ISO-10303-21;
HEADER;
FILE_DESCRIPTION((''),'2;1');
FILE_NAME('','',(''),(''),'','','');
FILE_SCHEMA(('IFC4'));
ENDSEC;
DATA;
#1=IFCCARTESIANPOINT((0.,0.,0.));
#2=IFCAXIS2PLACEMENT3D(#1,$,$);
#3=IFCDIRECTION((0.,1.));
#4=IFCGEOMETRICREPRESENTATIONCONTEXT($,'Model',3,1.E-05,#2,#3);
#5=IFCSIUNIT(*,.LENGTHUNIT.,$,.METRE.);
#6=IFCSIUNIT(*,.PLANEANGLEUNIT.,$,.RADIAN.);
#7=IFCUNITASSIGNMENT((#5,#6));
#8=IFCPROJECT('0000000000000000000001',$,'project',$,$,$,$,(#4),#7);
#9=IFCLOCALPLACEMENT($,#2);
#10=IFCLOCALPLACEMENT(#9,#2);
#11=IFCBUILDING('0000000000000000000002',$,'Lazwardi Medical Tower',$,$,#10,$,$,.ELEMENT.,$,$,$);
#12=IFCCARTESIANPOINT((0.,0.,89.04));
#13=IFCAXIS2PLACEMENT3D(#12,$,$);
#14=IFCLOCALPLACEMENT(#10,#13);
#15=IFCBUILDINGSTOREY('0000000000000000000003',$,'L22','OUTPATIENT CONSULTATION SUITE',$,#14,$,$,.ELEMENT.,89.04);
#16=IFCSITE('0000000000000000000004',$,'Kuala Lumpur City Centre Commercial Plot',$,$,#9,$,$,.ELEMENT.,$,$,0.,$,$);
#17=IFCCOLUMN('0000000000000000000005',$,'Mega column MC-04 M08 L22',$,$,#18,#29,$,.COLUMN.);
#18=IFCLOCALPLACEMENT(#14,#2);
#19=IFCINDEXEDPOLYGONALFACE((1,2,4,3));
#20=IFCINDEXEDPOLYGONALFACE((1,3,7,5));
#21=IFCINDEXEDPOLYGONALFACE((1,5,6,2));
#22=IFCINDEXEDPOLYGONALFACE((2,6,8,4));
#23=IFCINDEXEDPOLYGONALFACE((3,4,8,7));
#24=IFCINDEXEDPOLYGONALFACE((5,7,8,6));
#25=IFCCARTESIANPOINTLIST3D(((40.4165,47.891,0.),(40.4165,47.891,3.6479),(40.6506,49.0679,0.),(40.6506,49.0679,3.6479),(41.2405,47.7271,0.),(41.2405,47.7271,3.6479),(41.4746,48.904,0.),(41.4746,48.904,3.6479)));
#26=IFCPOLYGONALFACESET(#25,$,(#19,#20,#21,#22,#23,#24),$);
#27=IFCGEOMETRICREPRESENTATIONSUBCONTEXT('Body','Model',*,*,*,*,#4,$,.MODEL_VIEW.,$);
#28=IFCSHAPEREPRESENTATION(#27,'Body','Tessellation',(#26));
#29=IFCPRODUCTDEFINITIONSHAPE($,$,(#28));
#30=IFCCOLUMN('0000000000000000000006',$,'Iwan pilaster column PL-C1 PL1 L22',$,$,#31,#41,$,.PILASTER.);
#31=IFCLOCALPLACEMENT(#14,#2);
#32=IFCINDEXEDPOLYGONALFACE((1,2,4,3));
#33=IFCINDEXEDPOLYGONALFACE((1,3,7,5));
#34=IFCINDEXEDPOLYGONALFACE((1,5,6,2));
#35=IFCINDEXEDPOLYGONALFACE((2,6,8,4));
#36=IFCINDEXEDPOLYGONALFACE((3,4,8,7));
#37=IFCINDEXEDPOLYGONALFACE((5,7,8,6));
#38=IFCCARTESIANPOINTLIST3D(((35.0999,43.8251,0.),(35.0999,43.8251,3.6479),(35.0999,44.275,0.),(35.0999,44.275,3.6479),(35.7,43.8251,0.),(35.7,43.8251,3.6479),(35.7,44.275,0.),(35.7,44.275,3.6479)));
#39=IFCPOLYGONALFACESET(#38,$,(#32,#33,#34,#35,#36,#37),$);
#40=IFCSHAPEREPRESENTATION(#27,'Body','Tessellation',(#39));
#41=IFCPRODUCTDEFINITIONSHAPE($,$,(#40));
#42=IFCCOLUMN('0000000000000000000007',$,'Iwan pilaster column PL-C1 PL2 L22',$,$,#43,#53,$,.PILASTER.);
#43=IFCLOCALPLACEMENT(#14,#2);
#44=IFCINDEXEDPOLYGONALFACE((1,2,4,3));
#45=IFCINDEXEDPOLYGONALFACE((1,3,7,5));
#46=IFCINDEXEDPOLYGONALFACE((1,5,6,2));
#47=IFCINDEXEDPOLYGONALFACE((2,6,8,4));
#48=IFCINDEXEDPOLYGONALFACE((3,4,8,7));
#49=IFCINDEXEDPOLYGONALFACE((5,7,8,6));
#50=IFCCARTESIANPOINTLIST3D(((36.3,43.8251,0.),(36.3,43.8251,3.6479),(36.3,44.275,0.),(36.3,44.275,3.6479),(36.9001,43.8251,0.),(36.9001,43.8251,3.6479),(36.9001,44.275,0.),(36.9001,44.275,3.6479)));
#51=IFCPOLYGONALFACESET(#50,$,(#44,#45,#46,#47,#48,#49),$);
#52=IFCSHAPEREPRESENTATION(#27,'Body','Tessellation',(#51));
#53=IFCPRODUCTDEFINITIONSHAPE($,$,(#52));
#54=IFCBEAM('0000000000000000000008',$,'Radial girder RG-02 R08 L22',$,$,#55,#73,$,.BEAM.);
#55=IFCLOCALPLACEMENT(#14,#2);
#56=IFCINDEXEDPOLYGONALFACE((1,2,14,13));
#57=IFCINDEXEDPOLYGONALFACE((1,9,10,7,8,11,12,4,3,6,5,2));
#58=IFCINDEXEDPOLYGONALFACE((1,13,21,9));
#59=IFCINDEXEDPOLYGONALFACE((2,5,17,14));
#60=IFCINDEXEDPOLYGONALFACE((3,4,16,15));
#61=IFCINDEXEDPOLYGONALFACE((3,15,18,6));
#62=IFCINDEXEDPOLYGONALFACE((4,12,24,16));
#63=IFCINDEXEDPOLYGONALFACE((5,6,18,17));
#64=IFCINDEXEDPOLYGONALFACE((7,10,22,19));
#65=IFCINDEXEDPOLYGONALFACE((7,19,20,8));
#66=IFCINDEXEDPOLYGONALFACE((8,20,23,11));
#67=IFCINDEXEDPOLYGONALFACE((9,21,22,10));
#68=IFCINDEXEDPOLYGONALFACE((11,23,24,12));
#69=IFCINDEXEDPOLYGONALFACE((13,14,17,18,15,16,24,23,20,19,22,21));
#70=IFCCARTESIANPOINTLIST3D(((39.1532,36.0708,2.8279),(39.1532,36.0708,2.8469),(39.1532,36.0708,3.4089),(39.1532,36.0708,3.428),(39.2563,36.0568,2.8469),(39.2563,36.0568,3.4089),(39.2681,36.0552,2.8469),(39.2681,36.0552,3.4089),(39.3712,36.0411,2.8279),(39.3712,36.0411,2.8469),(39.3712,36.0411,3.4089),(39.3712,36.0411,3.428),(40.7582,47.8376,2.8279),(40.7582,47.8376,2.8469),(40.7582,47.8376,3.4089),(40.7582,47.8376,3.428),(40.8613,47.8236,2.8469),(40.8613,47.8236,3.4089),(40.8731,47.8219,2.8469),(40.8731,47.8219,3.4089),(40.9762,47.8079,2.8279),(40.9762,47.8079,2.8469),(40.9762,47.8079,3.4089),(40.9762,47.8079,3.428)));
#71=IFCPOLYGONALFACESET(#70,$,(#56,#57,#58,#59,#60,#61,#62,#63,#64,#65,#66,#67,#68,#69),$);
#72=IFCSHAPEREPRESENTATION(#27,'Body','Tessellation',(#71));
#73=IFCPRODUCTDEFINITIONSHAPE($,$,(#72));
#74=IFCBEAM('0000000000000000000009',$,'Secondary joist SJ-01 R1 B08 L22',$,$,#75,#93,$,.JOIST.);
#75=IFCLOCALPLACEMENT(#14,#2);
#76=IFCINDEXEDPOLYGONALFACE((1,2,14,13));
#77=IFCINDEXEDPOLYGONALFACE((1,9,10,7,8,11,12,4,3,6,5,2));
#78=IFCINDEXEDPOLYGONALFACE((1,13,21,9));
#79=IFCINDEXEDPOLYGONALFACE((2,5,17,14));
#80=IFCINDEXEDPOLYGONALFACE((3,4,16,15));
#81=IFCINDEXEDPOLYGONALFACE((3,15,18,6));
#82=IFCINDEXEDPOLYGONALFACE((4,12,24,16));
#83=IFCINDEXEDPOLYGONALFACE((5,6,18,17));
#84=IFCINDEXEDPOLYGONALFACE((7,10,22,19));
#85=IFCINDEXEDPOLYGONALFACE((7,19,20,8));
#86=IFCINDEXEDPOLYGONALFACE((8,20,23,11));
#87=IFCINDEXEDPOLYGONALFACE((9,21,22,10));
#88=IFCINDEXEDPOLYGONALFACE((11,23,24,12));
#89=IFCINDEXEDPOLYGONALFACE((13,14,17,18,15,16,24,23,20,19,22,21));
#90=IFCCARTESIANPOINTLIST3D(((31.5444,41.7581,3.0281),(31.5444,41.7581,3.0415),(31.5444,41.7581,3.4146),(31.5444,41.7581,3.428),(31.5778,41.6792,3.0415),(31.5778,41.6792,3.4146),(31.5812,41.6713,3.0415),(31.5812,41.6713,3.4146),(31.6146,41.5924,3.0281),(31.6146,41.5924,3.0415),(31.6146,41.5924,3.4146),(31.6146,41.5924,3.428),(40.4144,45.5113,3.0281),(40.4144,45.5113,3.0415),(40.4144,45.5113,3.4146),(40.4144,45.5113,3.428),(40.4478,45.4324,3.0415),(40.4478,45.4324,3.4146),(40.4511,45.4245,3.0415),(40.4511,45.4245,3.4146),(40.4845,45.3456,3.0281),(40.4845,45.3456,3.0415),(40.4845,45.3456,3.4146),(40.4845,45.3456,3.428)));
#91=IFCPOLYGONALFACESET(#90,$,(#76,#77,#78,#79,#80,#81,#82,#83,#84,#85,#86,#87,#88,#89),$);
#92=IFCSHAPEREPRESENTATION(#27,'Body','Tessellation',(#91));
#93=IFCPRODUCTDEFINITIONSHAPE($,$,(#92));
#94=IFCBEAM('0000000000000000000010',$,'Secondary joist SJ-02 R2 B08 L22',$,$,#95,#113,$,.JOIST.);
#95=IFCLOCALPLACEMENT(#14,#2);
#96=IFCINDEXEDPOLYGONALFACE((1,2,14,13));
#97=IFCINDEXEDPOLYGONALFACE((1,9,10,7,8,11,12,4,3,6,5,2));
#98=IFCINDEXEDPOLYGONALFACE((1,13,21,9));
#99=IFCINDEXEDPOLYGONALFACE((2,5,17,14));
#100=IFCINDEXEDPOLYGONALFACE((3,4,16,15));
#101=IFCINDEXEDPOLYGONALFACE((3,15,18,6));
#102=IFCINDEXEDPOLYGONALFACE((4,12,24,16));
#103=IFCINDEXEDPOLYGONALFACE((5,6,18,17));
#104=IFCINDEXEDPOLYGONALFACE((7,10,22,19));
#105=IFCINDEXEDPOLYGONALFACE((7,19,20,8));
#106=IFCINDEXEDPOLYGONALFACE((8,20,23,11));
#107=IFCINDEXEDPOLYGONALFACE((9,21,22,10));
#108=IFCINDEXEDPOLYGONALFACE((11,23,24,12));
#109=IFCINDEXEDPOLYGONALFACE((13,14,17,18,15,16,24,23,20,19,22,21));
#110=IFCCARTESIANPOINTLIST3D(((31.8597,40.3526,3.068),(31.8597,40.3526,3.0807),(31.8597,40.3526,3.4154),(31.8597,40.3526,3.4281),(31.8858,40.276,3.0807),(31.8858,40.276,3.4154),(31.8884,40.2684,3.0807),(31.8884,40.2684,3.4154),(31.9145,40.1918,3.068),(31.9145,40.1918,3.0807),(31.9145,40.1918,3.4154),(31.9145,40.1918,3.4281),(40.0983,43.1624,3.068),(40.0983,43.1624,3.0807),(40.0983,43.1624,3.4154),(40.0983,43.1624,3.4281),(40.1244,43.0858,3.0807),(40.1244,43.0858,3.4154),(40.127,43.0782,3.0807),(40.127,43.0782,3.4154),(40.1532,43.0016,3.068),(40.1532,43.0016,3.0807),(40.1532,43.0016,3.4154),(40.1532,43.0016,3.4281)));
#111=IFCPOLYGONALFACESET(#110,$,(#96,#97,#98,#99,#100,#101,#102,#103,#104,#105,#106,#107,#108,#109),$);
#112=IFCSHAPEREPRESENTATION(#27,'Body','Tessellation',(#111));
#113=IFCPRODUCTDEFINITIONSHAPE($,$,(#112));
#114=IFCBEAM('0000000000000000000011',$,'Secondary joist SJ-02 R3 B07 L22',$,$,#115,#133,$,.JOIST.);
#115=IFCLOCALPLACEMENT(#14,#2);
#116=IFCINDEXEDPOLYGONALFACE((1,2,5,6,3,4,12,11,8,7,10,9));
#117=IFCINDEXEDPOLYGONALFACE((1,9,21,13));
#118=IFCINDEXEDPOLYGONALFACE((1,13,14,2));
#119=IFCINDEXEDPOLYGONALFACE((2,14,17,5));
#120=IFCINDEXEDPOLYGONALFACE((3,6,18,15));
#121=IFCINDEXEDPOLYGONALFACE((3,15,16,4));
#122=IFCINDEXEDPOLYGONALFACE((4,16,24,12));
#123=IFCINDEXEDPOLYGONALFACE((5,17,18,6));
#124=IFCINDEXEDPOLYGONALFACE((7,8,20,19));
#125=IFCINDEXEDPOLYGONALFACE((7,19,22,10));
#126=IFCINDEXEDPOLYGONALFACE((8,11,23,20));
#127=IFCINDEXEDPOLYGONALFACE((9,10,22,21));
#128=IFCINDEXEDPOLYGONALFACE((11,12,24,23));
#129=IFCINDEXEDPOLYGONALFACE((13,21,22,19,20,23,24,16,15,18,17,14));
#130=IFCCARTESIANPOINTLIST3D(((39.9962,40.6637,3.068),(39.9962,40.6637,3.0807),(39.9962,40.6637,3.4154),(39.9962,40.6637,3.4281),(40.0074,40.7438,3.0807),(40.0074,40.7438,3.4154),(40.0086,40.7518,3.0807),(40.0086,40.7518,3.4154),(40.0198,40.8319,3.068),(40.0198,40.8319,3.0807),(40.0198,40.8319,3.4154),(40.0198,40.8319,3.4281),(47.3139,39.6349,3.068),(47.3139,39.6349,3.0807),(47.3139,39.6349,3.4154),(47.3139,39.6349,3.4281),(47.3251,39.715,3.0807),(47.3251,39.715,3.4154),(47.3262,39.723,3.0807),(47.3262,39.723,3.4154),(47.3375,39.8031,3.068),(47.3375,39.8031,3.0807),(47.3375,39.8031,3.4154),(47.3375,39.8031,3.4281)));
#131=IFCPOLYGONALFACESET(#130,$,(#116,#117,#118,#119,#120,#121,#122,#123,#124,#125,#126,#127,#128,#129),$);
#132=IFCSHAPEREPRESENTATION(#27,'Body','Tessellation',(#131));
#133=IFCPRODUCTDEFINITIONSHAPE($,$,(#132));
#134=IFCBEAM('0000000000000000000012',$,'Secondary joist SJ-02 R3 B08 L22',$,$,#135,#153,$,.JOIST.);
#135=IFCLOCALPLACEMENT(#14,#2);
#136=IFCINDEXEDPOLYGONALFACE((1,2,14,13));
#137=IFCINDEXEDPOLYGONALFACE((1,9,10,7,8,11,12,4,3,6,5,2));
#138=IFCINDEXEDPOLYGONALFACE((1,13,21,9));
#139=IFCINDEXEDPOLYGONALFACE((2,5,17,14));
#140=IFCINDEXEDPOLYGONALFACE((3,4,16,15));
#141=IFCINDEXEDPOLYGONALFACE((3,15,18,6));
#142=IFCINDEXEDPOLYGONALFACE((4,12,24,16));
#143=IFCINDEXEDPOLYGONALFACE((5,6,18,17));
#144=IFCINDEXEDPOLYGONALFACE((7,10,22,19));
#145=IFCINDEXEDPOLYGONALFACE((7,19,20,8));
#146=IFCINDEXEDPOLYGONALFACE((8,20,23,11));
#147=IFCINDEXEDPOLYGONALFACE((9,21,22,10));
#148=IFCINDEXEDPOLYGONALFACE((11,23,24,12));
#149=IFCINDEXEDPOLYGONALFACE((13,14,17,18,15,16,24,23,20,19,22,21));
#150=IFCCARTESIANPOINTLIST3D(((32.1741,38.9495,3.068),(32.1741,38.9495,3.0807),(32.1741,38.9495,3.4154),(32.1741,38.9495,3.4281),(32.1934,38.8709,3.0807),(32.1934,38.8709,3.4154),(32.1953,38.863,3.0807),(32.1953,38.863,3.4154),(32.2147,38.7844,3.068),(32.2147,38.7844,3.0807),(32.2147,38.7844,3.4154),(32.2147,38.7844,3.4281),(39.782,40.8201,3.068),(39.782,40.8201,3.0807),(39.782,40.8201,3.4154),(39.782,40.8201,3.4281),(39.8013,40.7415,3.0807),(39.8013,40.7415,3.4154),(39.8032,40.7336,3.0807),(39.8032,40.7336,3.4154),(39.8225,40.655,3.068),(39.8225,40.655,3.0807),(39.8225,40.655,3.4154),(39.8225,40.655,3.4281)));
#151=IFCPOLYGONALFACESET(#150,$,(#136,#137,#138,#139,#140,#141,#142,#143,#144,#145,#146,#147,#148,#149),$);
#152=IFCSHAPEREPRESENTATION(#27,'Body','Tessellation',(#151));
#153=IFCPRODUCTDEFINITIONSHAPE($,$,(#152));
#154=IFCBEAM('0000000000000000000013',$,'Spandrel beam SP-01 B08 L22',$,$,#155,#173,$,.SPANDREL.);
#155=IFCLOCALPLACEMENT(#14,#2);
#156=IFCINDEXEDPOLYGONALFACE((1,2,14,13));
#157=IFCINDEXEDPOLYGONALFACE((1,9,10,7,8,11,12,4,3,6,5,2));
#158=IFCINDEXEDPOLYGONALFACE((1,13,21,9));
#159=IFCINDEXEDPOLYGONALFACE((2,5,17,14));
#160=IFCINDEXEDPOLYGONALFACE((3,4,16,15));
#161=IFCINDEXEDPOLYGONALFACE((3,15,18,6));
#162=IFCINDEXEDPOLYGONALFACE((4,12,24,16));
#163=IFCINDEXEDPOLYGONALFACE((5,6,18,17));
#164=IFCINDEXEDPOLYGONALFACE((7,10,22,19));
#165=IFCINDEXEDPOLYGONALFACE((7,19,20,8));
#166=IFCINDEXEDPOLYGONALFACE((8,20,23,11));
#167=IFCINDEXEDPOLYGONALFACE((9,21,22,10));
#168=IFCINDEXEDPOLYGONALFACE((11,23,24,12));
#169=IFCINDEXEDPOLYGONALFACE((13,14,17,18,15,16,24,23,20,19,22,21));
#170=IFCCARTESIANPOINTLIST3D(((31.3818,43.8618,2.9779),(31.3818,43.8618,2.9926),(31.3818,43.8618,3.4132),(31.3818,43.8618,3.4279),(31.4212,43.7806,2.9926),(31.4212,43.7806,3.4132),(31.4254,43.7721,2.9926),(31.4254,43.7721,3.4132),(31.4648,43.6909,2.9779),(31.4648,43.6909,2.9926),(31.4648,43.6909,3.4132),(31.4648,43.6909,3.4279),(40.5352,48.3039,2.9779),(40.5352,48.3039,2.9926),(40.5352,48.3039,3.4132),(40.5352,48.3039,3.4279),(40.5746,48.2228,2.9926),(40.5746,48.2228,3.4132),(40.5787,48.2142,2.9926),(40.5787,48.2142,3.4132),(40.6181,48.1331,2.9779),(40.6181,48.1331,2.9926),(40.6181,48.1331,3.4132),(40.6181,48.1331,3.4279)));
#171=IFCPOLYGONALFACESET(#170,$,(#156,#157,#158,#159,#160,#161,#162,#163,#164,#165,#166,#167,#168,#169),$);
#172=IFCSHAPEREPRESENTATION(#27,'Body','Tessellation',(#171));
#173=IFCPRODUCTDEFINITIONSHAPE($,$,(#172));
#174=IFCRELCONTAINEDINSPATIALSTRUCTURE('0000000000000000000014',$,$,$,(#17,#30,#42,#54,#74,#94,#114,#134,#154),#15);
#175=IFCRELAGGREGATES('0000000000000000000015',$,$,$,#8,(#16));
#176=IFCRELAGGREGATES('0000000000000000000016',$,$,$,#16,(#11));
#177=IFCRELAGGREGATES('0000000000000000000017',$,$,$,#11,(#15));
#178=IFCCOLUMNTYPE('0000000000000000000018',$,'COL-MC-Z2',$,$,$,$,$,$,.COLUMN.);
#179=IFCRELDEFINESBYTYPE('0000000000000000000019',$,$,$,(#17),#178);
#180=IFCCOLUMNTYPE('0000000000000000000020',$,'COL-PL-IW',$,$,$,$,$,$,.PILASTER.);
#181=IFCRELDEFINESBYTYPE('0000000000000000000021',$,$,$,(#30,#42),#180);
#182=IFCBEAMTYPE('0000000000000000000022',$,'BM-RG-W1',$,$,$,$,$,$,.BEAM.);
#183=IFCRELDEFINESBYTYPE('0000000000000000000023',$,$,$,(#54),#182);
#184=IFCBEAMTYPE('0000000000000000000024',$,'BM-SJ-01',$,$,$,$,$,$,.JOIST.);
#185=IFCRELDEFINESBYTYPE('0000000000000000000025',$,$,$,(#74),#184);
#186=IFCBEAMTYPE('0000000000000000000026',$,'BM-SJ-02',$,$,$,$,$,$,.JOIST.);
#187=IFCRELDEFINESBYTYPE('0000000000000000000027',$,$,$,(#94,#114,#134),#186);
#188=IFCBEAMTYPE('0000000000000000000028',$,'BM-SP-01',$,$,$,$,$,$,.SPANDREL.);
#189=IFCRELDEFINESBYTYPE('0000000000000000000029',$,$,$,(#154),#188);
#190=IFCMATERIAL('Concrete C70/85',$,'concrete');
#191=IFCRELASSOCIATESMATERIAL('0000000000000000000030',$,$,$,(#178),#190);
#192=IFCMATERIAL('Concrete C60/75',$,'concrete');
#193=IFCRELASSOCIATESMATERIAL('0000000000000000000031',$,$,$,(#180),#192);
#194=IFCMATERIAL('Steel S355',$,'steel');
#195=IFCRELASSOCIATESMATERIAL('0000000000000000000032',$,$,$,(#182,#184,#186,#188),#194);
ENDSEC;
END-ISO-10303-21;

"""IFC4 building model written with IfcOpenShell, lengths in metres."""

from ifc_helpers import new_model, si_unit, direction, frame, origin, origin_2d, place, context, subcontext, project, spatial, rectangle, i_section, extrude, material, material_profile, profile_set, type_object, element, save


model = new_model("IFC4")

# Units and contexts
model_context = context("Model", 3, precision=1e-05, world=origin(), true_north=direction((0.0, 1.0)))
body_context = subcontext(model_context, "Body", "Model", "MODEL_VIEW")
ifc_project = project(units=[si_unit("LENGTHUNIT", "METRE"), si_unit("PLANEANGLEUNIT", "RADIAN")], contexts=[model_context])

# Site, building, storey
site_placement = place(None, origin())
site = spatial("IfcSite", under=ifc_project, at=site_placement, Name="Kuala Lumpur City Centre Commercial Plot", CompositionType="ELEMENT", RefElevation=0.0)
building_placement = place(site_placement, origin())
building = spatial("IfcBuilding", under=site, at=building_placement, Name="Lazwardi Medical Tower", CompositionType="ELEMENT")
storey_placement = place(building_placement, frame((0.0, 0.0, 89.04)))
storey = spatial("IfcBuildingStorey", under=building, at=storey_placement, Name="L22", Description="OUTPATIENT CONSULTATION SUITE", CompositionType="ELEMENT", Elevation=89.04)

# Columns
ifc_material_1 = material(Name="Concrete C70/85", Category="concrete")
ifc_material_profile_1 = material_profile(ifc_material_1, rectangle(XDim=1.2, YDim=0.8401, at=origin_2d()), Name="CFT-RECT 1200x840")
ifc_profile_set_1 = profile_set([ifc_material_profile_1], Name="Concrete C70/85")
column_type_1 = type_object("IfcColumnType", Name="COL-MC-Z2", PredefinedType="COLUMN", material=ifc_profile_set_1)
column_placement = place(storey_placement, frame((40.9456, 48.3975, 0.0), z_axis=(0.0, 0.0, 1.0), x_axis=(0.19509, 0.980785, 0.0)))
element("IfcColumn", 1, at=column_placement, inside=storey, type_object=column_type_1, Name="Mega column MC-04 M08 L22", PredefinedType="COLUMN", context=body_context, shape_type="SweptSolid", body=[
    extrude(rectangle(XDim=1.2, YDim=0.8401, at=origin_2d()), origin(), (0.0, 0.0, 1.0), 3.6479),
])
ifc_material_2 = material(Name="Concrete C60/75", Category="concrete")
ifc_material_profile_2 = material_profile(ifc_material_2, rectangle(XDim=0.6001, YDim=0.45, at=origin_2d()), Name="RC 600x450")
ifc_profile_set_2 = profile_set([ifc_material_profile_2], Name="Concrete C60/75")
column_type_2 = type_object("IfcColumnType", Name="COL-PL-IW", PredefinedType="PILASTER", material=ifc_profile_set_2)
for number, where, z_axis, x_axis, name in (
    (2, (35.3999, 44.05, 0.0), (0.0, 0.0, 1.0), (1.0, 0.0, 0.0), "Iwan pilaster column PL-C1 PL1 L22"),
    (3, (36.6001, 44.05, 0.0), (0.0, 0.0, 1.0), (1.0, 0.0, 0.0), "Iwan pilaster column PL-C1 PL2 L22"),
):
    element("IfcColumn", number, at=place(storey_placement, frame(where, z_axis=z_axis, x_axis=x_axis)), inside=storey, type_object=column_type_2, Name=name, PredefinedType="PILASTER", context=body_context, shape_type="SweptSolid", body=[
        extrude(rectangle(XDim=0.6001, YDim=0.45, at=origin_2d()), origin(), (0.0, 0.0, 1.0), 3.6479),
    ])

# Beams
ifc_material_3 = material(Name="Steel S355", Category="steel")
ifc_material_profile_3 = material_profile(ifc_material_3, i_section(OverallWidth=0.22, OverallDepth=0.6001, WebThickness=0.012, FlangeThickness=0.019, at=origin_2d()), Name="IPE 600")
ifc_profile_set_3 = profile_set([ifc_material_profile_3], Name="Steel S355")
beam_type_1 = type_object("IfcBeamType", Name="BM-RG-W1", PredefinedType="BEAM", material=ifc_profile_set_3)
beam_1_placement = place(storey_placement, frame((40.8672, 47.8228, 3.1279), z_axis=(-0.135147, -0.990826, 0.0), x_axis=(0.990826, -0.135147, 0.0)))
element("IfcBeam", 4, at=beam_1_placement, inside=storey, type_object=beam_type_1, Name="Radial girder RG-02 R08 L22", PredefinedType="BEAM", context=body_context, shape_type="SweptSolid", body=[
    extrude(i_section(OverallWidth=0.22, OverallDepth=0.6001, WebThickness=0.012, FlangeThickness=0.019, at=origin_2d()), origin(), (0.0, 0.0, 1.0), 11.8757),
])
ifc_material_profile_4 = material_profile(ifc_material_3, i_section(OverallWidth=0.1799, OverallDepth=0.3999, WebThickness=0.0085, FlangeThickness=0.0134, at=origin_2d()), Name="IPE 400")
ifc_profile_set_4 = profile_set([ifc_material_profile_4], Name="Steel S355")
beam_type_2 = type_object("IfcBeamType", Name="BM-SJ-01", PredefinedType="JOIST", material=ifc_profile_set_4)
beam_2_placement = place(storey_placement, frame((40.4495, 45.4285, 3.228), z_axis=(-0.920947, -0.389687, 0.0), x_axis=(0.389687, -0.920947, 0.0)))
element("IfcBeam", 5, at=beam_2_placement, inside=storey, type_object=beam_type_2, Name="Secondary joist SJ-01 R1 B08 L22", PredefinedType="JOIST", context=body_context, shape_type="SweptSolid", body=[
    extrude(i_section(OverallWidth=0.1799, OverallDepth=0.3999, WebThickness=0.0085, FlangeThickness=0.0134, at=origin_2d()), origin(), (0.0, 0.0, 1.0), 9.6313),
])
ifc_material_profile_5 = material_profile(ifc_material_3, i_section(OverallWidth=0.1699, OverallDepth=0.3601, WebThickness=0.0081, FlangeThickness=0.0127, at=origin_2d()), Name="IPE 360")
ifc_profile_set_5 = profile_set([ifc_material_profile_5], Name="Steel S355")
beam_type_3 = type_object("IfcBeamType", Name="BM-SJ-02", PredefinedType="JOIST", material=ifc_profile_set_5)
beam_3_placement = place(storey_placement, frame((40.1257, 43.082, 3.248), z_axis=(-0.946467, -0.3228, 0.0), x_axis=(0.3228, -0.946467, 0.0)))
element("IfcBeam", 6, at=beam_3_placement, inside=storey, type_object=beam_type_3, Name="Secondary joist SJ-02 R2 B08 L22", PredefinedType="JOIST", context=body_context, shape_type="SweptSolid", body=[
    extrude(i_section(OverallWidth=0.1699, OverallDepth=0.3601, WebThickness=0.0081, FlangeThickness=0.0127, at=origin_2d()), origin(), (0.0, 0.0, 1.0), 8.7046),
])
beam_4_placement = place(storey_placement, frame((47.3257, 39.719, 3.248), z_axis=(-0.990261, 0.139224, 0.0), x_axis=(-0.139224, -0.990261, 0.0)))
element("IfcBeam", 7, at=beam_4_placement, inside=storey, type_object=beam_type_3, Name="Secondary joist SJ-02 R3 B07 L22", PredefinedType="JOIST", context=body_context, shape_type="SweptSolid", body=[
    extrude(i_section(OverallWidth=0.1699, OverallDepth=0.3601, WebThickness=0.0081, FlangeThickness=0.0127, at=origin_2d()), origin(), (0.0, 0.0, 1.0), 7.3896),
])
beam_5_placement = place(storey_placement, frame((39.8022, 40.7375, 3.248), z_axis=(-0.971077, -0.238765, 0.0), x_axis=(0.238765, -0.971077, 0.0)))
element("IfcBeam", 8, at=beam_5_placement, inside=storey, type_object=beam_type_3, Name="Secondary joist SJ-02 R3 B08 L22", PredefinedType="JOIST", context=body_context, shape_type="SweptSolid", body=[
    extrude(i_section(OverallWidth=0.1699, OverallDepth=0.3601, WebThickness=0.0081, FlangeThickness=0.0127, at=origin_2d()), origin(), (0.0, 0.0, 1.0), 7.8345),
])
ifc_material_profile_6 = material_profile(ifc_material_3, i_section(OverallWidth=0.1899, OverallDepth=0.45, WebThickness=0.0095, FlangeThickness=0.0146, at=origin_2d()), Name="IPE 450")
ifc_profile_set_6 = profile_set([ifc_material_profile_6], Name="Steel S355")
beam_type_4 = type_object("IfcBeamType", Name="BM-SP-01", PredefinedType="SPANDREL", material=ifc_profile_set_6)
beam_6_placement = place(storey_placement, frame((40.5767, 48.2185, 3.2029), z_axis=(-0.899653, -0.436605, 0.0), x_axis=(0.436605, -0.899653, 0.0)))
element("IfcBeam", 9, at=beam_6_placement, inside=storey, type_object=beam_type_4, Name="Spandrel beam SP-01 B08 L22", PredefinedType="SPANDREL", context=body_context, shape_type="SweptSolid", body=[
    extrude(i_section(OverallWidth=0.1899, OverallDepth=0.45, WebThickness=0.0095, FlangeThickness=0.0146, at=origin_2d()), origin(), (0.0, 0.0, 1.0), 10.1743),
])

save(model, "model.ifc")
